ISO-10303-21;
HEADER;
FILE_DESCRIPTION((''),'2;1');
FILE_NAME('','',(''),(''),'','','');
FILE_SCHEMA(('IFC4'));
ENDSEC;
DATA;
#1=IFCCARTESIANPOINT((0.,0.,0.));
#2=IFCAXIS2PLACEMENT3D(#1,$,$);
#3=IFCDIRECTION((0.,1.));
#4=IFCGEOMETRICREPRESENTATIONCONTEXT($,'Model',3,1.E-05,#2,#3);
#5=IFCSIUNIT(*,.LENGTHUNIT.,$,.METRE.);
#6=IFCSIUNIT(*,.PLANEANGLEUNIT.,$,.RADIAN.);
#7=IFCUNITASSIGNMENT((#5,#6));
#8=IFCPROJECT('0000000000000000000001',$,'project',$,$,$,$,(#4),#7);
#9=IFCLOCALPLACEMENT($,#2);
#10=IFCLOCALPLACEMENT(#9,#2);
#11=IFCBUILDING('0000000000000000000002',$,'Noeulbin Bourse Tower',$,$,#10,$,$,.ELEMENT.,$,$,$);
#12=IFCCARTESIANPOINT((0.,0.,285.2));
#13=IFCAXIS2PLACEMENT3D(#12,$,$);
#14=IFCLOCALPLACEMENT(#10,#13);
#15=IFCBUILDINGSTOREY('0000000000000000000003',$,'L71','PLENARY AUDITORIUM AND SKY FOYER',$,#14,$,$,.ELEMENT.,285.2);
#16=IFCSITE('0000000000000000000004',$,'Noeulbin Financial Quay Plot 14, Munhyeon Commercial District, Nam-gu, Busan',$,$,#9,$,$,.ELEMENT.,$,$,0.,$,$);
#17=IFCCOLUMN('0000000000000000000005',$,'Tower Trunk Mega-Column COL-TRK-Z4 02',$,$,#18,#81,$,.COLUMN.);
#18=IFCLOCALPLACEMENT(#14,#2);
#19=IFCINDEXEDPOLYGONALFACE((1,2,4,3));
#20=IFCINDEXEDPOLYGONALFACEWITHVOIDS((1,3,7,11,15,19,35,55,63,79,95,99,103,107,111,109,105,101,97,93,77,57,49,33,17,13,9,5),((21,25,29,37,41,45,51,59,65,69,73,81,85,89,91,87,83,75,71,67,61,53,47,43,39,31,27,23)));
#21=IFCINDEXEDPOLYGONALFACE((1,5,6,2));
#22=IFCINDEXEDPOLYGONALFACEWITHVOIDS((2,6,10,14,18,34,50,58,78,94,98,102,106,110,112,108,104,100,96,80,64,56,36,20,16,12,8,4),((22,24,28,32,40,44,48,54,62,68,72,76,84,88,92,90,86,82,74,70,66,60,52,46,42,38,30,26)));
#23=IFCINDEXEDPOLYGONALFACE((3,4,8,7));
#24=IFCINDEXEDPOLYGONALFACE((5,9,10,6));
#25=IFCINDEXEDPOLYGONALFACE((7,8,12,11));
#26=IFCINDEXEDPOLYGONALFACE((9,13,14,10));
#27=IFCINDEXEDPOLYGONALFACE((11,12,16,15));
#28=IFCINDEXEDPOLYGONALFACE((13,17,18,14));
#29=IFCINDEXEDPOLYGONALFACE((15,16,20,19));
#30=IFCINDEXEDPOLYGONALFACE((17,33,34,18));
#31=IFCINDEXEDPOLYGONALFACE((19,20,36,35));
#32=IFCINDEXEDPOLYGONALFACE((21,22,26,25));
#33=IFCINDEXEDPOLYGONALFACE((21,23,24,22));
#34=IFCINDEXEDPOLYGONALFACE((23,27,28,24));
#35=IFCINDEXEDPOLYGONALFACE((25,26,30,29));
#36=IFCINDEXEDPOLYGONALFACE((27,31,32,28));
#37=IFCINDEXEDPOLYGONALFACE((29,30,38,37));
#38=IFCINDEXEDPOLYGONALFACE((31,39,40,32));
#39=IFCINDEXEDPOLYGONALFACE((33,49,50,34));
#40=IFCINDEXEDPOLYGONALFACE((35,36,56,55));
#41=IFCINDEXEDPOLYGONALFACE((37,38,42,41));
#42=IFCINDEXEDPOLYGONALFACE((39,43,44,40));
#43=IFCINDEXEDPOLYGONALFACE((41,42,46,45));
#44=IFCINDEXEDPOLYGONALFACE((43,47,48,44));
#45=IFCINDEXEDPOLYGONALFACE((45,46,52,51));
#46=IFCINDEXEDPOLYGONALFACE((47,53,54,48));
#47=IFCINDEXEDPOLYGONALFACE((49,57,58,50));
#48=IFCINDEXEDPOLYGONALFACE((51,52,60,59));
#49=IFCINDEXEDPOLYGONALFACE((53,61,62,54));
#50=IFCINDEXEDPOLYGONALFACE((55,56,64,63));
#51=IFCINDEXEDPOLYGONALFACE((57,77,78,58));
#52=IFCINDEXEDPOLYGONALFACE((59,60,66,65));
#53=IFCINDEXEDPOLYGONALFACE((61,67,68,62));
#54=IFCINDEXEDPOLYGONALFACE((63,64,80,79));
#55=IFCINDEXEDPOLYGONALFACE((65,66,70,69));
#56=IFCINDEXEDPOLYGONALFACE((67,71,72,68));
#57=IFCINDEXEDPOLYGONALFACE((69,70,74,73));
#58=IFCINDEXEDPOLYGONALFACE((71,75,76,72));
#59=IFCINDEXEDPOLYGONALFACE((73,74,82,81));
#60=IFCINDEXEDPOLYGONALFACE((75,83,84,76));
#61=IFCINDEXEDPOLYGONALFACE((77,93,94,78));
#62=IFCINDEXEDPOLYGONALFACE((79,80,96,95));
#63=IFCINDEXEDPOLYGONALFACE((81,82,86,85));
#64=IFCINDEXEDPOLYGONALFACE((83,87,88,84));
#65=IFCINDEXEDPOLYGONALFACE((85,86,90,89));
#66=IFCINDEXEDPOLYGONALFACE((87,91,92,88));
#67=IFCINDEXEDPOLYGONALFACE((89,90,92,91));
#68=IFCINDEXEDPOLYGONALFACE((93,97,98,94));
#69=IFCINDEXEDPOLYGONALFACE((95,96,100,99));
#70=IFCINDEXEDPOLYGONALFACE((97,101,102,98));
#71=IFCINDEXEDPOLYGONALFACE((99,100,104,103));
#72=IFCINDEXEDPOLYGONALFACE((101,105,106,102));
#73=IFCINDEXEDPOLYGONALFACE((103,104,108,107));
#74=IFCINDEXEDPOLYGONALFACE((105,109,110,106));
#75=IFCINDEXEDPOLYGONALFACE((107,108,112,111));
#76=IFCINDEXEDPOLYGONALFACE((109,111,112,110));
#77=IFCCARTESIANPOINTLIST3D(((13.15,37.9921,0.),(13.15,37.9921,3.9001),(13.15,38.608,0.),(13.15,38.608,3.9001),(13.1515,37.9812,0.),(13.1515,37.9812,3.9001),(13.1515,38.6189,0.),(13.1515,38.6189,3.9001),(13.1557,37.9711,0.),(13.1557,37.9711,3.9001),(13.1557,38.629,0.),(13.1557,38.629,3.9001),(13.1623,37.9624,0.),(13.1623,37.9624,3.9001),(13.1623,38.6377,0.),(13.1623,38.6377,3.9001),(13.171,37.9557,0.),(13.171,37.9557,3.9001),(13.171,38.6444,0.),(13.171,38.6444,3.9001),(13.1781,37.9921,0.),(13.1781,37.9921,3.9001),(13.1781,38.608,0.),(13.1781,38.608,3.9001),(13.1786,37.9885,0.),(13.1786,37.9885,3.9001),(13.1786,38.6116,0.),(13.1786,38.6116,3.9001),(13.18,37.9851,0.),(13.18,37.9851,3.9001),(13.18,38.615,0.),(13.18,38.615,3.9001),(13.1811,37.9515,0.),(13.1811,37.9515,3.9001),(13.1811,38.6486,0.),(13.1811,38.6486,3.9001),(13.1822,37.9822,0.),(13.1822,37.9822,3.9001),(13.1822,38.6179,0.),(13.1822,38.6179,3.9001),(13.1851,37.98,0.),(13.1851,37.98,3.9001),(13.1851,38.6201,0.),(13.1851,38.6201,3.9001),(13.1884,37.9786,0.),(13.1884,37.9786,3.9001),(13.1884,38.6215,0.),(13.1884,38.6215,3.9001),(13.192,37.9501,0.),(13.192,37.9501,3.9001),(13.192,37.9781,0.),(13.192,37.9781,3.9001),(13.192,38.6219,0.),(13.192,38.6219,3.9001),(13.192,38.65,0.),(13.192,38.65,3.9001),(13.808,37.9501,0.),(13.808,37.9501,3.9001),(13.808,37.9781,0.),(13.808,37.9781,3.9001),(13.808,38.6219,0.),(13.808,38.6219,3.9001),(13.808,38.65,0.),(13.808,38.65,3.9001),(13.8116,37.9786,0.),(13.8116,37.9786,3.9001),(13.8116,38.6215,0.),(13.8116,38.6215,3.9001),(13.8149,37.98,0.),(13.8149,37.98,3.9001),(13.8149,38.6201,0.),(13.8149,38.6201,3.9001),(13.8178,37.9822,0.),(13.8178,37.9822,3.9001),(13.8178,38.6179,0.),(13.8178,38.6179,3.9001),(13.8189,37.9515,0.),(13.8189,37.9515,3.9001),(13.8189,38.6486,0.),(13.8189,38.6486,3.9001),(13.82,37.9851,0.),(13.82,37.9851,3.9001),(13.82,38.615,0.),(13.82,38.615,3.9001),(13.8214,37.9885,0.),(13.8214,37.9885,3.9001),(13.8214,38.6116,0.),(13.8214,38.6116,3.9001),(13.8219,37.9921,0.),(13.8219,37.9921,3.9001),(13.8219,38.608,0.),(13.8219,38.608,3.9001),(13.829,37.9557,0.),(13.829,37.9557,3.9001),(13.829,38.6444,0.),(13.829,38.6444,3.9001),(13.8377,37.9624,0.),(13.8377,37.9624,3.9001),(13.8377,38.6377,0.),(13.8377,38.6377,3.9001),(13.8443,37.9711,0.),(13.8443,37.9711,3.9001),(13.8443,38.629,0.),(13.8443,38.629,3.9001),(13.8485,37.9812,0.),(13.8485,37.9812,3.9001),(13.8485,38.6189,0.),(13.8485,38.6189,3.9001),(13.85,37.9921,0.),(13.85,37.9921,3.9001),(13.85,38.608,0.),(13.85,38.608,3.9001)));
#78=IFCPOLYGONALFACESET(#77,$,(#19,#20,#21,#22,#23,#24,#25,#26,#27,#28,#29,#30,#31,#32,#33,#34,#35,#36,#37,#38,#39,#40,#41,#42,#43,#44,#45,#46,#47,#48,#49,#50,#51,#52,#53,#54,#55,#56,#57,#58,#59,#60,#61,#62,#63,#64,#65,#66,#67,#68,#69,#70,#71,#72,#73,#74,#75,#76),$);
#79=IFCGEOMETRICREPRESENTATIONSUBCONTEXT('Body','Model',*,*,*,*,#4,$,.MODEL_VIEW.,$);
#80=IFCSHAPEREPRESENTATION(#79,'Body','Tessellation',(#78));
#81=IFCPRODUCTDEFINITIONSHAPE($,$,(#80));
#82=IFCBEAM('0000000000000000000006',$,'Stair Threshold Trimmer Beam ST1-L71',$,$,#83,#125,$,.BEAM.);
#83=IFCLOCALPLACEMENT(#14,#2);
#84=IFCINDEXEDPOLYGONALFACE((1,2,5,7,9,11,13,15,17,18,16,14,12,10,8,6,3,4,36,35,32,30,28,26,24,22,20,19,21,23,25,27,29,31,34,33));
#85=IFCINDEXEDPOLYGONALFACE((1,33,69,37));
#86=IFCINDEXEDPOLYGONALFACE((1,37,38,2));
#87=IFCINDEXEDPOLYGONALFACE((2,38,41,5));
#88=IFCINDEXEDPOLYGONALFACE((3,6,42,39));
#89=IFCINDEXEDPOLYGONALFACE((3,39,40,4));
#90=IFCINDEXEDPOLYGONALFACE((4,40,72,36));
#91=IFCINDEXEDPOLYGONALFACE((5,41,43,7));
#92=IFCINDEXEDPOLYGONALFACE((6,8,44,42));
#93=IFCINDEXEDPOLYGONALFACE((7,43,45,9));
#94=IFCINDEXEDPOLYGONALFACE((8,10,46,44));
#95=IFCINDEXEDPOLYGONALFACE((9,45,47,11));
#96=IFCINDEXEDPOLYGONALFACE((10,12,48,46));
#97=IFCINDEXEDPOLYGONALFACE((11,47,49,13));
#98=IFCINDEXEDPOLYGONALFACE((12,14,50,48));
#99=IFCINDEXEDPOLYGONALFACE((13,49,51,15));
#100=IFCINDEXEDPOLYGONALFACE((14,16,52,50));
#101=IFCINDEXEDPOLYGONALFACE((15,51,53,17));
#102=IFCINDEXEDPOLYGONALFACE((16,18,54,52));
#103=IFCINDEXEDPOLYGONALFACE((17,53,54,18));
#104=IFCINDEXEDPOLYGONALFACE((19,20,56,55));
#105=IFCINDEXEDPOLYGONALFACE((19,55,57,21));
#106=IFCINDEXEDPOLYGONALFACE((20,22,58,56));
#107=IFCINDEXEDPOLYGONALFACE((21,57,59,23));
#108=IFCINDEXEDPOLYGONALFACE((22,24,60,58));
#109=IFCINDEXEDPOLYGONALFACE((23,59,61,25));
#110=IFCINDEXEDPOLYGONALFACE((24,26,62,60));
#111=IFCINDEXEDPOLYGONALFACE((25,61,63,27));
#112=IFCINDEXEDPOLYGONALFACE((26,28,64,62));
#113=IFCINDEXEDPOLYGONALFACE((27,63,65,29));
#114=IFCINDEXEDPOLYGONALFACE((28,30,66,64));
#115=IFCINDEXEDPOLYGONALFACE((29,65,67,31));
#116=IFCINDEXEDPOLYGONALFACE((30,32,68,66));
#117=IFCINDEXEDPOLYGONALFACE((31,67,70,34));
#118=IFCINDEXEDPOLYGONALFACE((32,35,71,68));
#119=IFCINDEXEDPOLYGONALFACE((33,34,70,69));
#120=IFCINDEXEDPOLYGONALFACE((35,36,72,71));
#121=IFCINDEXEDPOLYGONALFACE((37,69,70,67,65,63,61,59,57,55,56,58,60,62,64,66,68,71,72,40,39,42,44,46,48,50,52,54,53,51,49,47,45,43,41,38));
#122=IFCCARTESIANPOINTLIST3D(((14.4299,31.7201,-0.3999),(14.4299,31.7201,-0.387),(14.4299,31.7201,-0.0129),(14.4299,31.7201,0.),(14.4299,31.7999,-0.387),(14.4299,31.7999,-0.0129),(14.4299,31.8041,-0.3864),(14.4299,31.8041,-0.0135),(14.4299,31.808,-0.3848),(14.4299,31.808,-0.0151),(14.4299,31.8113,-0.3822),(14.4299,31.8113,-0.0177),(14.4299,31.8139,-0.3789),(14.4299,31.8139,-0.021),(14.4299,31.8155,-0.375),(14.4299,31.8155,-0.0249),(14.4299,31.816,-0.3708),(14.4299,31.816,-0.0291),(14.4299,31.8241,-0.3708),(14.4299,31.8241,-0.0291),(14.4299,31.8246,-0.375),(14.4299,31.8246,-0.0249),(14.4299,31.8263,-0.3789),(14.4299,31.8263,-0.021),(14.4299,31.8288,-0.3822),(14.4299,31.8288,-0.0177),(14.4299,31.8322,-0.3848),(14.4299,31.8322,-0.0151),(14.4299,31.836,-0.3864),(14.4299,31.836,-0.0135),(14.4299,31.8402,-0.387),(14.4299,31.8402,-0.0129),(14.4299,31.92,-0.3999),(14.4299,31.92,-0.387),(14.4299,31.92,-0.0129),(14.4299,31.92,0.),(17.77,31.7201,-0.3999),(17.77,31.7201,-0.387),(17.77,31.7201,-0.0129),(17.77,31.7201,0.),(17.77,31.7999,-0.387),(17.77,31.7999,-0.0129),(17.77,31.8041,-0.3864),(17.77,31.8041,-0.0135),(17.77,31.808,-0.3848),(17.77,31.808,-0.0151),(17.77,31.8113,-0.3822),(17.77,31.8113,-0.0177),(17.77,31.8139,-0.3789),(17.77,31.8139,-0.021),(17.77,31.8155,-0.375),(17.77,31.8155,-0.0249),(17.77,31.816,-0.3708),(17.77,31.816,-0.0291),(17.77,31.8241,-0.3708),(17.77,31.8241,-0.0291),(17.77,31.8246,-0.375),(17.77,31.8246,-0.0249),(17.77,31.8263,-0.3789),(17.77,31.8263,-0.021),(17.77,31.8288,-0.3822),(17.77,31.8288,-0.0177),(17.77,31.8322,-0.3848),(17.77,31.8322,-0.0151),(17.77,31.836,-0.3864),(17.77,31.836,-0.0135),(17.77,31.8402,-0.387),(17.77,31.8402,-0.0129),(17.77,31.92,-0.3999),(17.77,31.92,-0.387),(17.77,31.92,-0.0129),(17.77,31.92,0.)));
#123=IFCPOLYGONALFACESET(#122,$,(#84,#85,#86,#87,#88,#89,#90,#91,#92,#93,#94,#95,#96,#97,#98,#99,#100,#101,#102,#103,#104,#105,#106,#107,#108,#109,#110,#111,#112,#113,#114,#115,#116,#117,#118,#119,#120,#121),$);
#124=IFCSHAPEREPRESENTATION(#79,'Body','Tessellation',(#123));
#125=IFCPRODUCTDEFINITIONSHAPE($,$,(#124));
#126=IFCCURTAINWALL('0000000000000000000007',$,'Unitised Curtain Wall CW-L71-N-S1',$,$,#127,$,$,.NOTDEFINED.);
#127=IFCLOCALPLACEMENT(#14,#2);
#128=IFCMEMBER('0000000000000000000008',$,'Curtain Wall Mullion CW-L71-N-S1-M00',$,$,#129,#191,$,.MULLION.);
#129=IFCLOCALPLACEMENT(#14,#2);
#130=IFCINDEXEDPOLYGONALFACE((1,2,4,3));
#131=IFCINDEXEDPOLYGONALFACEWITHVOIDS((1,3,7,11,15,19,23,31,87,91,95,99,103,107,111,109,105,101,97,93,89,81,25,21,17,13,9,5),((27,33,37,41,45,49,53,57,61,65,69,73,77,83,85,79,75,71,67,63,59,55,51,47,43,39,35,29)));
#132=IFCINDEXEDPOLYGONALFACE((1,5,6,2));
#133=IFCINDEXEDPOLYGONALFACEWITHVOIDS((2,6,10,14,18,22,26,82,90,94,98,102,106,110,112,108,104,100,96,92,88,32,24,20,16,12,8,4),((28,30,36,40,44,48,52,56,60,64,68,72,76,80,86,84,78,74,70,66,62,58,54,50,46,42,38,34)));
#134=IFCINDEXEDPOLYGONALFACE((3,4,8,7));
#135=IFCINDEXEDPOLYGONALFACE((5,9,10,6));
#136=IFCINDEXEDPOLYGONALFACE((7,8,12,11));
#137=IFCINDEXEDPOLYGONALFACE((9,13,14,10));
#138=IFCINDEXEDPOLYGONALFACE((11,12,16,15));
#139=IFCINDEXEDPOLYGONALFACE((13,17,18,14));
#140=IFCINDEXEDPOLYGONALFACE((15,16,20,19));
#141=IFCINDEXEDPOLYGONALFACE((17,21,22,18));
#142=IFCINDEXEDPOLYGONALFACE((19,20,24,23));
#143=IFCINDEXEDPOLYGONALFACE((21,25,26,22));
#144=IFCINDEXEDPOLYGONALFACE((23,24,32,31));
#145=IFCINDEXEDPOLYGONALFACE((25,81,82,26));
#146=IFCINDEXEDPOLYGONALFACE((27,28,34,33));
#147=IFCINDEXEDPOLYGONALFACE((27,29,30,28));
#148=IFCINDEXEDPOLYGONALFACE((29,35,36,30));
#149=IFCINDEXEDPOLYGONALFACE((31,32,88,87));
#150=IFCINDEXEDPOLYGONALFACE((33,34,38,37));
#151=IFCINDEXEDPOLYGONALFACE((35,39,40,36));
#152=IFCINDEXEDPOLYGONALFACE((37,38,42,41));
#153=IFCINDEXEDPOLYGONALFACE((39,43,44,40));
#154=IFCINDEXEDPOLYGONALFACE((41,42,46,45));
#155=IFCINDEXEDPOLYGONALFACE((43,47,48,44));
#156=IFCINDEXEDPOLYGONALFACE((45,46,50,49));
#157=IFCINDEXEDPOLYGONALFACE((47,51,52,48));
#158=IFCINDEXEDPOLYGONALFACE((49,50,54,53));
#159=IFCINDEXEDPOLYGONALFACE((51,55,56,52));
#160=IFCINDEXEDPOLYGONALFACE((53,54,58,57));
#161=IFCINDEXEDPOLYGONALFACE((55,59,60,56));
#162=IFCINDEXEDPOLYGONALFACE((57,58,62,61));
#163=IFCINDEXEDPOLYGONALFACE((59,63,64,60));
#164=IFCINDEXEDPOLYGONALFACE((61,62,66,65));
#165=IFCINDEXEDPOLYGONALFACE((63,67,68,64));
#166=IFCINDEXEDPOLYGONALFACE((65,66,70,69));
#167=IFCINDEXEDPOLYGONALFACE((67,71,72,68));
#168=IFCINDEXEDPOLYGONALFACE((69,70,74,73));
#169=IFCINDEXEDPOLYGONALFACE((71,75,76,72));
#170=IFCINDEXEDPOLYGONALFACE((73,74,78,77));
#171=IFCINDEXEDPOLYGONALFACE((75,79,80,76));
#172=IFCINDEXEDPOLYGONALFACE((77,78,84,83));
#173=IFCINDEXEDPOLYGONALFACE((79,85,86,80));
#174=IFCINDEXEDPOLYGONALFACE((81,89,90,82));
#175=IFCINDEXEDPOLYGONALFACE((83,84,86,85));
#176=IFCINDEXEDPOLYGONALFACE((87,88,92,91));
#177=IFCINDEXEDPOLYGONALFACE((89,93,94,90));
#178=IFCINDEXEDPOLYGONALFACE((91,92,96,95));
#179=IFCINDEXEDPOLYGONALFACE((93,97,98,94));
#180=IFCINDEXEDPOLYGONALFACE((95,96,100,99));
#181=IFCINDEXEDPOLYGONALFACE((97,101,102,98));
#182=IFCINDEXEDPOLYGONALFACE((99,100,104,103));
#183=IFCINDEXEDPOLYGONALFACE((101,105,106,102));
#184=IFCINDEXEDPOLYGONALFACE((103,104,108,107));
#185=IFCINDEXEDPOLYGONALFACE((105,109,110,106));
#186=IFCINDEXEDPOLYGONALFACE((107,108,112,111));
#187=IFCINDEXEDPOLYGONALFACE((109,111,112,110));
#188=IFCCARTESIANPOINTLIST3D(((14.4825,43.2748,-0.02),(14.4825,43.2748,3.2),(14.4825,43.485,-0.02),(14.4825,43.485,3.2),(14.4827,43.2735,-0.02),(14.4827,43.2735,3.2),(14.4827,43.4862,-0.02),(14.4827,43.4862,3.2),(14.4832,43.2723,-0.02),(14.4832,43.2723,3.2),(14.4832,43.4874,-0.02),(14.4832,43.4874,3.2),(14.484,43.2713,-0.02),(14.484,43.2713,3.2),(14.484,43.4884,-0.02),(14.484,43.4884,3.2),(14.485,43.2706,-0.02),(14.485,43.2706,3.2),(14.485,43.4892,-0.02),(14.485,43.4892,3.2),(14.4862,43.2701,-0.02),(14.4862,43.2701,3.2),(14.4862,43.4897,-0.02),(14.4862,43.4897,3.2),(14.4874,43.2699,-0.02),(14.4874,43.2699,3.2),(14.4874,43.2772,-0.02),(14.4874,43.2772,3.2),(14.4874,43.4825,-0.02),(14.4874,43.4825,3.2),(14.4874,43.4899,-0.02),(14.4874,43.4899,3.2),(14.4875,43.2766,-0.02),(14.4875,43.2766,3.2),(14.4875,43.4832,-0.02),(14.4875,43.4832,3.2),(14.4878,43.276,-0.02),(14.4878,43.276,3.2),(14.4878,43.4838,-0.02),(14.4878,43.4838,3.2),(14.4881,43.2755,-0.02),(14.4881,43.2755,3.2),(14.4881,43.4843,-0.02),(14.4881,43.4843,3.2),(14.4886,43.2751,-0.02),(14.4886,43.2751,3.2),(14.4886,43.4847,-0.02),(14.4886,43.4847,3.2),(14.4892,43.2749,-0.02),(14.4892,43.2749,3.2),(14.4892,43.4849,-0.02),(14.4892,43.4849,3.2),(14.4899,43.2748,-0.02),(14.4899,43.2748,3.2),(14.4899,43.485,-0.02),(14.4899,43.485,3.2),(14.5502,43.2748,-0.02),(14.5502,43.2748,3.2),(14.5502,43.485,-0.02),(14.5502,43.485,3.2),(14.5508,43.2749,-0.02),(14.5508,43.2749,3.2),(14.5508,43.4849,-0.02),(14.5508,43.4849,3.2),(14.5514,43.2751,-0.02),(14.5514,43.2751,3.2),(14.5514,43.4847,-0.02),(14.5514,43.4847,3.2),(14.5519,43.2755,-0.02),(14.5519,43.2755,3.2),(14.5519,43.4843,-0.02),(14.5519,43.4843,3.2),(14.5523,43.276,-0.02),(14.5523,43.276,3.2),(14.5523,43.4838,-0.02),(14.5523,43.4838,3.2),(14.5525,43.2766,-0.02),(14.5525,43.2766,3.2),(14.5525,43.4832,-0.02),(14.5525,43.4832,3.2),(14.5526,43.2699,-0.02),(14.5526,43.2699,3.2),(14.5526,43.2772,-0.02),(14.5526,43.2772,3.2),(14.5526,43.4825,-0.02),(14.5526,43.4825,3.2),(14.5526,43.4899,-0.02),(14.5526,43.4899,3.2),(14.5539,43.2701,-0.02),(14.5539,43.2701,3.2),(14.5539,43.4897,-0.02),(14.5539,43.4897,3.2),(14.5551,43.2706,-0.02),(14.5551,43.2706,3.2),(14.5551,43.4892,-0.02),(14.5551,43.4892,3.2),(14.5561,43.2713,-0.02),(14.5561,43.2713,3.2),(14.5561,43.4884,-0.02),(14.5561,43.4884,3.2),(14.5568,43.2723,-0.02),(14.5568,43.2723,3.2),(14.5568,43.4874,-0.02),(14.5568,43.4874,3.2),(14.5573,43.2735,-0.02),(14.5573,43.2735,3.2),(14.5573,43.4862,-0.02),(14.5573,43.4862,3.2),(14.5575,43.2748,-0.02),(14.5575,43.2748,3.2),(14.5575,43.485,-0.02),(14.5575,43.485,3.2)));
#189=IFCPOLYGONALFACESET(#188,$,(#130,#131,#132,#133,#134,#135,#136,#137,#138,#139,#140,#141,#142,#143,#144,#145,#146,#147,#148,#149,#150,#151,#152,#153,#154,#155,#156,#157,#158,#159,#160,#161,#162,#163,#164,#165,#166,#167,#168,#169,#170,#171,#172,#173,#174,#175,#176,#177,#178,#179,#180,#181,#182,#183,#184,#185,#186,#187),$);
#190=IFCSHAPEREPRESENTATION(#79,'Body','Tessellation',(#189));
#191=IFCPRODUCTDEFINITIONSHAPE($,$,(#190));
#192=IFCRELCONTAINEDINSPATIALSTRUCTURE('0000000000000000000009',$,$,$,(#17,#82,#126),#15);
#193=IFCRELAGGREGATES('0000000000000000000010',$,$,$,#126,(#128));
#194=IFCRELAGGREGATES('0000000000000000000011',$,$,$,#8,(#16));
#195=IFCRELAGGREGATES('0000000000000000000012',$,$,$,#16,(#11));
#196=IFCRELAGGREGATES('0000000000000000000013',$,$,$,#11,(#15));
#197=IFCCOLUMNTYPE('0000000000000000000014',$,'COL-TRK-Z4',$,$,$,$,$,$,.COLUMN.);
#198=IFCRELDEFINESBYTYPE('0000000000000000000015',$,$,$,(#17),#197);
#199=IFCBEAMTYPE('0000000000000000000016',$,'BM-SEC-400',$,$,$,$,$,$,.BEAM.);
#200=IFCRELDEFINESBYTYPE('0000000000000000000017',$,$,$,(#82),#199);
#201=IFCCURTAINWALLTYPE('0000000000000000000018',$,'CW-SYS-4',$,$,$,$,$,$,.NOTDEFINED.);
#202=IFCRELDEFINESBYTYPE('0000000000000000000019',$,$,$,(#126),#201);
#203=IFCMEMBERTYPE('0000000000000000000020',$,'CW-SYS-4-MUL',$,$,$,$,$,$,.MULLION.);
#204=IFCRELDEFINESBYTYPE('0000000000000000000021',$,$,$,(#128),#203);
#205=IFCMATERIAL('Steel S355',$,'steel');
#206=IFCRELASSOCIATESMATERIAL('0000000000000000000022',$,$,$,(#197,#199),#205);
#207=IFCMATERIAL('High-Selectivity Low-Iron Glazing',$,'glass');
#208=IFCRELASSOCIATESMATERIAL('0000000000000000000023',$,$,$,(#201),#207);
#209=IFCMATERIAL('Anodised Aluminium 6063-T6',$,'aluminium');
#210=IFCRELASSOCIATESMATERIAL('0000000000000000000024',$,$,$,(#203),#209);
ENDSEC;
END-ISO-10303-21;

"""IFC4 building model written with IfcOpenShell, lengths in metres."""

from ifc_helpers import new_model, si_unit, direction, frame, origin, origin_2d, place, context, subcontext, project, spatial, hollow_rectangle, i_section, extrude, material, material_profile, profile_set, type_object, element, aggregate, save


model = new_model("IFC4")

# Units and contexts
model_context = context("Model", 3, precision=1e-05, world=origin(), true_north=direction((0.0, 1.0)))
body_context = subcontext(model_context, "Body", "Model", "MODEL_VIEW")
ifc_project = project(units=[si_unit("LENGTHUNIT", "METRE"), si_unit("PLANEANGLEUNIT", "RADIAN")], contexts=[model_context])

# Site, building, storey
site_placement = place(None, origin())
site = spatial("IfcSite", under=ifc_project, at=site_placement, Name="Noeulbin Financial Quay Plot 14, Munhyeon Commercial District, Nam-gu, Busan", CompositionType="ELEMENT", RefElevation=0.0)
building_placement = place(site_placement, origin())
building = spatial("IfcBuilding", under=site, at=building_placement, Name="Noeulbin Bourse Tower", CompositionType="ELEMENT")
storey_placement = place(building_placement, frame((0.0, 0.0, 285.2)))
storey = spatial("IfcBuildingStorey", under=building, at=storey_placement, Name="L71", Description="PLENARY AUDITORIUM AND SKY FOYER", CompositionType="ELEMENT", Elevation=285.2)

# Column
ifc_material_1 = material(Name="Steel S355", Category="steel")
ifc_material_profile_1 = material_profile(ifc_material_1, hollow_rectangle(XDim=0.7, YDim=0.7, WallThickness=0.0281, InnerFilletRadius=0.0139, OuterFilletRadius=0.042, at=origin_2d()), Name="BOX-700x700x28", Category="LoadBearing")
ifc_profile_set_1 = profile_set([ifc_material_profile_1], Name="Steel S355")
column_type = type_object("IfcColumnType", Name="COL-TRK-Z4", PredefinedType="COLUMN", material=ifc_profile_set_1)
column_placement = place(storey_placement, frame((13.5, 38.3, 0.0), z_axis=(0.0, 0.0, 1.0), x_axis=(1.0, 0.0, 0.0)))
element("IfcColumn", 1, at=column_placement, inside=storey, type_object=column_type, Name="Tower Trunk Mega-Column COL-TRK-Z4 02", PredefinedType="COLUMN", context=body_context, shape_type="SweptSolid", body=[
    extrude(hollow_rectangle(XDim=0.7, YDim=0.7, WallThickness=0.0281, InnerFilletRadius=0.0139, OuterFilletRadius=0.042, at=origin_2d()), origin(), (0.0, 0.0, 1.0), 3.9001),
])

# Beam
ifc_material_profile_2 = material_profile(ifc_material_1, i_section(OverallWidth=0.2, OverallDepth=0.3999, WebThickness=0.0081, FlangeThickness=0.0129, FilletRadius=0.0161, at=origin_2d()), Name="H-400x200x8x13", Category="LoadBearing")
ifc_profile_set_2 = profile_set([ifc_material_profile_2], Name="Steel S355")
beam_type = type_object("IfcBeamType", Name="BM-SEC-400", PredefinedType="BEAM", material=ifc_profile_set_2)
beam_placement = place(storey_placement, frame((14.4299, 31.8201, -0.2), z_axis=(1.0, 0.0, 0.0), x_axis=(0.0, 1.0, 0.0)))
element("IfcBeam", 2, at=beam_placement, inside=storey, type_object=beam_type, Name="Stair Threshold Trimmer Beam ST1-L71", PredefinedType="BEAM", context=body_context, shape_type="SweptSolid", body=[
    extrude(i_section(OverallWidth=0.2, OverallDepth=0.3999, WebThickness=0.0081, FlangeThickness=0.0129, FilletRadius=0.0161, at=origin_2d()), origin(), (0.0, 0.0, 1.0), 3.3401),
])

# Curtain wall, member
ifc_material_2 = material(Name="High-Selectivity Low-Iron Glazing", Category="glass")
curtain_wall_type = type_object("IfcCurtainWallType", Name="CW-SYS-4", PredefinedType="NOTDEFINED", material=ifc_material_2)
curtain_wall_1_placement = place(storey_placement, origin())
curtain_wall_1 = element("IfcCurtainWall", 3, at=curtain_wall_1_placement, inside=storey, type_object=curtain_wall_type, Name="Unitised Curtain Wall CW-L71-N-S1", PredefinedType="NOTDEFINED")
ifc_material_3 = material(Name="Anodised Aluminium 6063-T6", Category="aluminium")
ifc_material_profile_3 = material_profile(ifc_material_3, hollow_rectangle(XDim=0.075, YDim=0.22, WallThickness=0.0049, InnerFilletRadius=0.0024, OuterFilletRadius=0.0049, at=origin_2d()), Name="ALU-MULL-75x220x5", Category="LoadBearing")
ifc_profile_set_3 = profile_set([ifc_material_profile_3], Name="Anodised Aluminium 6063-T6")
member_type_1 = type_object("IfcMemberType", Name="CW-SYS-4-MUL", PredefinedType="MULLION", material=ifc_profile_set_3)
member_1_placement = place(storey_placement, frame((14.52, 43.3799, -0.02), z_axis=(0.0, 0.0, 1.0), x_axis=(1.0, 0.0, 0.0)))
member_1 = element("IfcMember", 4, at=member_1_placement, type_object=member_type_1, Name="Curtain Wall Mullion CW-L71-N-S1-M00", PredefinedType="MULLION", context=body_context, shape_type="SweptSolid", body=[
    extrude(hollow_rectangle(XDim=0.075, YDim=0.22, WallThickness=0.0049, InnerFilletRadius=0.0024, OuterFilletRadius=0.0049, at=origin_2d()), origin(), (0.0, 0.0, 1.0), 3.22),
])

aggregate(curtain_wall_1, [member_1])

save(model, "model.ifc")
